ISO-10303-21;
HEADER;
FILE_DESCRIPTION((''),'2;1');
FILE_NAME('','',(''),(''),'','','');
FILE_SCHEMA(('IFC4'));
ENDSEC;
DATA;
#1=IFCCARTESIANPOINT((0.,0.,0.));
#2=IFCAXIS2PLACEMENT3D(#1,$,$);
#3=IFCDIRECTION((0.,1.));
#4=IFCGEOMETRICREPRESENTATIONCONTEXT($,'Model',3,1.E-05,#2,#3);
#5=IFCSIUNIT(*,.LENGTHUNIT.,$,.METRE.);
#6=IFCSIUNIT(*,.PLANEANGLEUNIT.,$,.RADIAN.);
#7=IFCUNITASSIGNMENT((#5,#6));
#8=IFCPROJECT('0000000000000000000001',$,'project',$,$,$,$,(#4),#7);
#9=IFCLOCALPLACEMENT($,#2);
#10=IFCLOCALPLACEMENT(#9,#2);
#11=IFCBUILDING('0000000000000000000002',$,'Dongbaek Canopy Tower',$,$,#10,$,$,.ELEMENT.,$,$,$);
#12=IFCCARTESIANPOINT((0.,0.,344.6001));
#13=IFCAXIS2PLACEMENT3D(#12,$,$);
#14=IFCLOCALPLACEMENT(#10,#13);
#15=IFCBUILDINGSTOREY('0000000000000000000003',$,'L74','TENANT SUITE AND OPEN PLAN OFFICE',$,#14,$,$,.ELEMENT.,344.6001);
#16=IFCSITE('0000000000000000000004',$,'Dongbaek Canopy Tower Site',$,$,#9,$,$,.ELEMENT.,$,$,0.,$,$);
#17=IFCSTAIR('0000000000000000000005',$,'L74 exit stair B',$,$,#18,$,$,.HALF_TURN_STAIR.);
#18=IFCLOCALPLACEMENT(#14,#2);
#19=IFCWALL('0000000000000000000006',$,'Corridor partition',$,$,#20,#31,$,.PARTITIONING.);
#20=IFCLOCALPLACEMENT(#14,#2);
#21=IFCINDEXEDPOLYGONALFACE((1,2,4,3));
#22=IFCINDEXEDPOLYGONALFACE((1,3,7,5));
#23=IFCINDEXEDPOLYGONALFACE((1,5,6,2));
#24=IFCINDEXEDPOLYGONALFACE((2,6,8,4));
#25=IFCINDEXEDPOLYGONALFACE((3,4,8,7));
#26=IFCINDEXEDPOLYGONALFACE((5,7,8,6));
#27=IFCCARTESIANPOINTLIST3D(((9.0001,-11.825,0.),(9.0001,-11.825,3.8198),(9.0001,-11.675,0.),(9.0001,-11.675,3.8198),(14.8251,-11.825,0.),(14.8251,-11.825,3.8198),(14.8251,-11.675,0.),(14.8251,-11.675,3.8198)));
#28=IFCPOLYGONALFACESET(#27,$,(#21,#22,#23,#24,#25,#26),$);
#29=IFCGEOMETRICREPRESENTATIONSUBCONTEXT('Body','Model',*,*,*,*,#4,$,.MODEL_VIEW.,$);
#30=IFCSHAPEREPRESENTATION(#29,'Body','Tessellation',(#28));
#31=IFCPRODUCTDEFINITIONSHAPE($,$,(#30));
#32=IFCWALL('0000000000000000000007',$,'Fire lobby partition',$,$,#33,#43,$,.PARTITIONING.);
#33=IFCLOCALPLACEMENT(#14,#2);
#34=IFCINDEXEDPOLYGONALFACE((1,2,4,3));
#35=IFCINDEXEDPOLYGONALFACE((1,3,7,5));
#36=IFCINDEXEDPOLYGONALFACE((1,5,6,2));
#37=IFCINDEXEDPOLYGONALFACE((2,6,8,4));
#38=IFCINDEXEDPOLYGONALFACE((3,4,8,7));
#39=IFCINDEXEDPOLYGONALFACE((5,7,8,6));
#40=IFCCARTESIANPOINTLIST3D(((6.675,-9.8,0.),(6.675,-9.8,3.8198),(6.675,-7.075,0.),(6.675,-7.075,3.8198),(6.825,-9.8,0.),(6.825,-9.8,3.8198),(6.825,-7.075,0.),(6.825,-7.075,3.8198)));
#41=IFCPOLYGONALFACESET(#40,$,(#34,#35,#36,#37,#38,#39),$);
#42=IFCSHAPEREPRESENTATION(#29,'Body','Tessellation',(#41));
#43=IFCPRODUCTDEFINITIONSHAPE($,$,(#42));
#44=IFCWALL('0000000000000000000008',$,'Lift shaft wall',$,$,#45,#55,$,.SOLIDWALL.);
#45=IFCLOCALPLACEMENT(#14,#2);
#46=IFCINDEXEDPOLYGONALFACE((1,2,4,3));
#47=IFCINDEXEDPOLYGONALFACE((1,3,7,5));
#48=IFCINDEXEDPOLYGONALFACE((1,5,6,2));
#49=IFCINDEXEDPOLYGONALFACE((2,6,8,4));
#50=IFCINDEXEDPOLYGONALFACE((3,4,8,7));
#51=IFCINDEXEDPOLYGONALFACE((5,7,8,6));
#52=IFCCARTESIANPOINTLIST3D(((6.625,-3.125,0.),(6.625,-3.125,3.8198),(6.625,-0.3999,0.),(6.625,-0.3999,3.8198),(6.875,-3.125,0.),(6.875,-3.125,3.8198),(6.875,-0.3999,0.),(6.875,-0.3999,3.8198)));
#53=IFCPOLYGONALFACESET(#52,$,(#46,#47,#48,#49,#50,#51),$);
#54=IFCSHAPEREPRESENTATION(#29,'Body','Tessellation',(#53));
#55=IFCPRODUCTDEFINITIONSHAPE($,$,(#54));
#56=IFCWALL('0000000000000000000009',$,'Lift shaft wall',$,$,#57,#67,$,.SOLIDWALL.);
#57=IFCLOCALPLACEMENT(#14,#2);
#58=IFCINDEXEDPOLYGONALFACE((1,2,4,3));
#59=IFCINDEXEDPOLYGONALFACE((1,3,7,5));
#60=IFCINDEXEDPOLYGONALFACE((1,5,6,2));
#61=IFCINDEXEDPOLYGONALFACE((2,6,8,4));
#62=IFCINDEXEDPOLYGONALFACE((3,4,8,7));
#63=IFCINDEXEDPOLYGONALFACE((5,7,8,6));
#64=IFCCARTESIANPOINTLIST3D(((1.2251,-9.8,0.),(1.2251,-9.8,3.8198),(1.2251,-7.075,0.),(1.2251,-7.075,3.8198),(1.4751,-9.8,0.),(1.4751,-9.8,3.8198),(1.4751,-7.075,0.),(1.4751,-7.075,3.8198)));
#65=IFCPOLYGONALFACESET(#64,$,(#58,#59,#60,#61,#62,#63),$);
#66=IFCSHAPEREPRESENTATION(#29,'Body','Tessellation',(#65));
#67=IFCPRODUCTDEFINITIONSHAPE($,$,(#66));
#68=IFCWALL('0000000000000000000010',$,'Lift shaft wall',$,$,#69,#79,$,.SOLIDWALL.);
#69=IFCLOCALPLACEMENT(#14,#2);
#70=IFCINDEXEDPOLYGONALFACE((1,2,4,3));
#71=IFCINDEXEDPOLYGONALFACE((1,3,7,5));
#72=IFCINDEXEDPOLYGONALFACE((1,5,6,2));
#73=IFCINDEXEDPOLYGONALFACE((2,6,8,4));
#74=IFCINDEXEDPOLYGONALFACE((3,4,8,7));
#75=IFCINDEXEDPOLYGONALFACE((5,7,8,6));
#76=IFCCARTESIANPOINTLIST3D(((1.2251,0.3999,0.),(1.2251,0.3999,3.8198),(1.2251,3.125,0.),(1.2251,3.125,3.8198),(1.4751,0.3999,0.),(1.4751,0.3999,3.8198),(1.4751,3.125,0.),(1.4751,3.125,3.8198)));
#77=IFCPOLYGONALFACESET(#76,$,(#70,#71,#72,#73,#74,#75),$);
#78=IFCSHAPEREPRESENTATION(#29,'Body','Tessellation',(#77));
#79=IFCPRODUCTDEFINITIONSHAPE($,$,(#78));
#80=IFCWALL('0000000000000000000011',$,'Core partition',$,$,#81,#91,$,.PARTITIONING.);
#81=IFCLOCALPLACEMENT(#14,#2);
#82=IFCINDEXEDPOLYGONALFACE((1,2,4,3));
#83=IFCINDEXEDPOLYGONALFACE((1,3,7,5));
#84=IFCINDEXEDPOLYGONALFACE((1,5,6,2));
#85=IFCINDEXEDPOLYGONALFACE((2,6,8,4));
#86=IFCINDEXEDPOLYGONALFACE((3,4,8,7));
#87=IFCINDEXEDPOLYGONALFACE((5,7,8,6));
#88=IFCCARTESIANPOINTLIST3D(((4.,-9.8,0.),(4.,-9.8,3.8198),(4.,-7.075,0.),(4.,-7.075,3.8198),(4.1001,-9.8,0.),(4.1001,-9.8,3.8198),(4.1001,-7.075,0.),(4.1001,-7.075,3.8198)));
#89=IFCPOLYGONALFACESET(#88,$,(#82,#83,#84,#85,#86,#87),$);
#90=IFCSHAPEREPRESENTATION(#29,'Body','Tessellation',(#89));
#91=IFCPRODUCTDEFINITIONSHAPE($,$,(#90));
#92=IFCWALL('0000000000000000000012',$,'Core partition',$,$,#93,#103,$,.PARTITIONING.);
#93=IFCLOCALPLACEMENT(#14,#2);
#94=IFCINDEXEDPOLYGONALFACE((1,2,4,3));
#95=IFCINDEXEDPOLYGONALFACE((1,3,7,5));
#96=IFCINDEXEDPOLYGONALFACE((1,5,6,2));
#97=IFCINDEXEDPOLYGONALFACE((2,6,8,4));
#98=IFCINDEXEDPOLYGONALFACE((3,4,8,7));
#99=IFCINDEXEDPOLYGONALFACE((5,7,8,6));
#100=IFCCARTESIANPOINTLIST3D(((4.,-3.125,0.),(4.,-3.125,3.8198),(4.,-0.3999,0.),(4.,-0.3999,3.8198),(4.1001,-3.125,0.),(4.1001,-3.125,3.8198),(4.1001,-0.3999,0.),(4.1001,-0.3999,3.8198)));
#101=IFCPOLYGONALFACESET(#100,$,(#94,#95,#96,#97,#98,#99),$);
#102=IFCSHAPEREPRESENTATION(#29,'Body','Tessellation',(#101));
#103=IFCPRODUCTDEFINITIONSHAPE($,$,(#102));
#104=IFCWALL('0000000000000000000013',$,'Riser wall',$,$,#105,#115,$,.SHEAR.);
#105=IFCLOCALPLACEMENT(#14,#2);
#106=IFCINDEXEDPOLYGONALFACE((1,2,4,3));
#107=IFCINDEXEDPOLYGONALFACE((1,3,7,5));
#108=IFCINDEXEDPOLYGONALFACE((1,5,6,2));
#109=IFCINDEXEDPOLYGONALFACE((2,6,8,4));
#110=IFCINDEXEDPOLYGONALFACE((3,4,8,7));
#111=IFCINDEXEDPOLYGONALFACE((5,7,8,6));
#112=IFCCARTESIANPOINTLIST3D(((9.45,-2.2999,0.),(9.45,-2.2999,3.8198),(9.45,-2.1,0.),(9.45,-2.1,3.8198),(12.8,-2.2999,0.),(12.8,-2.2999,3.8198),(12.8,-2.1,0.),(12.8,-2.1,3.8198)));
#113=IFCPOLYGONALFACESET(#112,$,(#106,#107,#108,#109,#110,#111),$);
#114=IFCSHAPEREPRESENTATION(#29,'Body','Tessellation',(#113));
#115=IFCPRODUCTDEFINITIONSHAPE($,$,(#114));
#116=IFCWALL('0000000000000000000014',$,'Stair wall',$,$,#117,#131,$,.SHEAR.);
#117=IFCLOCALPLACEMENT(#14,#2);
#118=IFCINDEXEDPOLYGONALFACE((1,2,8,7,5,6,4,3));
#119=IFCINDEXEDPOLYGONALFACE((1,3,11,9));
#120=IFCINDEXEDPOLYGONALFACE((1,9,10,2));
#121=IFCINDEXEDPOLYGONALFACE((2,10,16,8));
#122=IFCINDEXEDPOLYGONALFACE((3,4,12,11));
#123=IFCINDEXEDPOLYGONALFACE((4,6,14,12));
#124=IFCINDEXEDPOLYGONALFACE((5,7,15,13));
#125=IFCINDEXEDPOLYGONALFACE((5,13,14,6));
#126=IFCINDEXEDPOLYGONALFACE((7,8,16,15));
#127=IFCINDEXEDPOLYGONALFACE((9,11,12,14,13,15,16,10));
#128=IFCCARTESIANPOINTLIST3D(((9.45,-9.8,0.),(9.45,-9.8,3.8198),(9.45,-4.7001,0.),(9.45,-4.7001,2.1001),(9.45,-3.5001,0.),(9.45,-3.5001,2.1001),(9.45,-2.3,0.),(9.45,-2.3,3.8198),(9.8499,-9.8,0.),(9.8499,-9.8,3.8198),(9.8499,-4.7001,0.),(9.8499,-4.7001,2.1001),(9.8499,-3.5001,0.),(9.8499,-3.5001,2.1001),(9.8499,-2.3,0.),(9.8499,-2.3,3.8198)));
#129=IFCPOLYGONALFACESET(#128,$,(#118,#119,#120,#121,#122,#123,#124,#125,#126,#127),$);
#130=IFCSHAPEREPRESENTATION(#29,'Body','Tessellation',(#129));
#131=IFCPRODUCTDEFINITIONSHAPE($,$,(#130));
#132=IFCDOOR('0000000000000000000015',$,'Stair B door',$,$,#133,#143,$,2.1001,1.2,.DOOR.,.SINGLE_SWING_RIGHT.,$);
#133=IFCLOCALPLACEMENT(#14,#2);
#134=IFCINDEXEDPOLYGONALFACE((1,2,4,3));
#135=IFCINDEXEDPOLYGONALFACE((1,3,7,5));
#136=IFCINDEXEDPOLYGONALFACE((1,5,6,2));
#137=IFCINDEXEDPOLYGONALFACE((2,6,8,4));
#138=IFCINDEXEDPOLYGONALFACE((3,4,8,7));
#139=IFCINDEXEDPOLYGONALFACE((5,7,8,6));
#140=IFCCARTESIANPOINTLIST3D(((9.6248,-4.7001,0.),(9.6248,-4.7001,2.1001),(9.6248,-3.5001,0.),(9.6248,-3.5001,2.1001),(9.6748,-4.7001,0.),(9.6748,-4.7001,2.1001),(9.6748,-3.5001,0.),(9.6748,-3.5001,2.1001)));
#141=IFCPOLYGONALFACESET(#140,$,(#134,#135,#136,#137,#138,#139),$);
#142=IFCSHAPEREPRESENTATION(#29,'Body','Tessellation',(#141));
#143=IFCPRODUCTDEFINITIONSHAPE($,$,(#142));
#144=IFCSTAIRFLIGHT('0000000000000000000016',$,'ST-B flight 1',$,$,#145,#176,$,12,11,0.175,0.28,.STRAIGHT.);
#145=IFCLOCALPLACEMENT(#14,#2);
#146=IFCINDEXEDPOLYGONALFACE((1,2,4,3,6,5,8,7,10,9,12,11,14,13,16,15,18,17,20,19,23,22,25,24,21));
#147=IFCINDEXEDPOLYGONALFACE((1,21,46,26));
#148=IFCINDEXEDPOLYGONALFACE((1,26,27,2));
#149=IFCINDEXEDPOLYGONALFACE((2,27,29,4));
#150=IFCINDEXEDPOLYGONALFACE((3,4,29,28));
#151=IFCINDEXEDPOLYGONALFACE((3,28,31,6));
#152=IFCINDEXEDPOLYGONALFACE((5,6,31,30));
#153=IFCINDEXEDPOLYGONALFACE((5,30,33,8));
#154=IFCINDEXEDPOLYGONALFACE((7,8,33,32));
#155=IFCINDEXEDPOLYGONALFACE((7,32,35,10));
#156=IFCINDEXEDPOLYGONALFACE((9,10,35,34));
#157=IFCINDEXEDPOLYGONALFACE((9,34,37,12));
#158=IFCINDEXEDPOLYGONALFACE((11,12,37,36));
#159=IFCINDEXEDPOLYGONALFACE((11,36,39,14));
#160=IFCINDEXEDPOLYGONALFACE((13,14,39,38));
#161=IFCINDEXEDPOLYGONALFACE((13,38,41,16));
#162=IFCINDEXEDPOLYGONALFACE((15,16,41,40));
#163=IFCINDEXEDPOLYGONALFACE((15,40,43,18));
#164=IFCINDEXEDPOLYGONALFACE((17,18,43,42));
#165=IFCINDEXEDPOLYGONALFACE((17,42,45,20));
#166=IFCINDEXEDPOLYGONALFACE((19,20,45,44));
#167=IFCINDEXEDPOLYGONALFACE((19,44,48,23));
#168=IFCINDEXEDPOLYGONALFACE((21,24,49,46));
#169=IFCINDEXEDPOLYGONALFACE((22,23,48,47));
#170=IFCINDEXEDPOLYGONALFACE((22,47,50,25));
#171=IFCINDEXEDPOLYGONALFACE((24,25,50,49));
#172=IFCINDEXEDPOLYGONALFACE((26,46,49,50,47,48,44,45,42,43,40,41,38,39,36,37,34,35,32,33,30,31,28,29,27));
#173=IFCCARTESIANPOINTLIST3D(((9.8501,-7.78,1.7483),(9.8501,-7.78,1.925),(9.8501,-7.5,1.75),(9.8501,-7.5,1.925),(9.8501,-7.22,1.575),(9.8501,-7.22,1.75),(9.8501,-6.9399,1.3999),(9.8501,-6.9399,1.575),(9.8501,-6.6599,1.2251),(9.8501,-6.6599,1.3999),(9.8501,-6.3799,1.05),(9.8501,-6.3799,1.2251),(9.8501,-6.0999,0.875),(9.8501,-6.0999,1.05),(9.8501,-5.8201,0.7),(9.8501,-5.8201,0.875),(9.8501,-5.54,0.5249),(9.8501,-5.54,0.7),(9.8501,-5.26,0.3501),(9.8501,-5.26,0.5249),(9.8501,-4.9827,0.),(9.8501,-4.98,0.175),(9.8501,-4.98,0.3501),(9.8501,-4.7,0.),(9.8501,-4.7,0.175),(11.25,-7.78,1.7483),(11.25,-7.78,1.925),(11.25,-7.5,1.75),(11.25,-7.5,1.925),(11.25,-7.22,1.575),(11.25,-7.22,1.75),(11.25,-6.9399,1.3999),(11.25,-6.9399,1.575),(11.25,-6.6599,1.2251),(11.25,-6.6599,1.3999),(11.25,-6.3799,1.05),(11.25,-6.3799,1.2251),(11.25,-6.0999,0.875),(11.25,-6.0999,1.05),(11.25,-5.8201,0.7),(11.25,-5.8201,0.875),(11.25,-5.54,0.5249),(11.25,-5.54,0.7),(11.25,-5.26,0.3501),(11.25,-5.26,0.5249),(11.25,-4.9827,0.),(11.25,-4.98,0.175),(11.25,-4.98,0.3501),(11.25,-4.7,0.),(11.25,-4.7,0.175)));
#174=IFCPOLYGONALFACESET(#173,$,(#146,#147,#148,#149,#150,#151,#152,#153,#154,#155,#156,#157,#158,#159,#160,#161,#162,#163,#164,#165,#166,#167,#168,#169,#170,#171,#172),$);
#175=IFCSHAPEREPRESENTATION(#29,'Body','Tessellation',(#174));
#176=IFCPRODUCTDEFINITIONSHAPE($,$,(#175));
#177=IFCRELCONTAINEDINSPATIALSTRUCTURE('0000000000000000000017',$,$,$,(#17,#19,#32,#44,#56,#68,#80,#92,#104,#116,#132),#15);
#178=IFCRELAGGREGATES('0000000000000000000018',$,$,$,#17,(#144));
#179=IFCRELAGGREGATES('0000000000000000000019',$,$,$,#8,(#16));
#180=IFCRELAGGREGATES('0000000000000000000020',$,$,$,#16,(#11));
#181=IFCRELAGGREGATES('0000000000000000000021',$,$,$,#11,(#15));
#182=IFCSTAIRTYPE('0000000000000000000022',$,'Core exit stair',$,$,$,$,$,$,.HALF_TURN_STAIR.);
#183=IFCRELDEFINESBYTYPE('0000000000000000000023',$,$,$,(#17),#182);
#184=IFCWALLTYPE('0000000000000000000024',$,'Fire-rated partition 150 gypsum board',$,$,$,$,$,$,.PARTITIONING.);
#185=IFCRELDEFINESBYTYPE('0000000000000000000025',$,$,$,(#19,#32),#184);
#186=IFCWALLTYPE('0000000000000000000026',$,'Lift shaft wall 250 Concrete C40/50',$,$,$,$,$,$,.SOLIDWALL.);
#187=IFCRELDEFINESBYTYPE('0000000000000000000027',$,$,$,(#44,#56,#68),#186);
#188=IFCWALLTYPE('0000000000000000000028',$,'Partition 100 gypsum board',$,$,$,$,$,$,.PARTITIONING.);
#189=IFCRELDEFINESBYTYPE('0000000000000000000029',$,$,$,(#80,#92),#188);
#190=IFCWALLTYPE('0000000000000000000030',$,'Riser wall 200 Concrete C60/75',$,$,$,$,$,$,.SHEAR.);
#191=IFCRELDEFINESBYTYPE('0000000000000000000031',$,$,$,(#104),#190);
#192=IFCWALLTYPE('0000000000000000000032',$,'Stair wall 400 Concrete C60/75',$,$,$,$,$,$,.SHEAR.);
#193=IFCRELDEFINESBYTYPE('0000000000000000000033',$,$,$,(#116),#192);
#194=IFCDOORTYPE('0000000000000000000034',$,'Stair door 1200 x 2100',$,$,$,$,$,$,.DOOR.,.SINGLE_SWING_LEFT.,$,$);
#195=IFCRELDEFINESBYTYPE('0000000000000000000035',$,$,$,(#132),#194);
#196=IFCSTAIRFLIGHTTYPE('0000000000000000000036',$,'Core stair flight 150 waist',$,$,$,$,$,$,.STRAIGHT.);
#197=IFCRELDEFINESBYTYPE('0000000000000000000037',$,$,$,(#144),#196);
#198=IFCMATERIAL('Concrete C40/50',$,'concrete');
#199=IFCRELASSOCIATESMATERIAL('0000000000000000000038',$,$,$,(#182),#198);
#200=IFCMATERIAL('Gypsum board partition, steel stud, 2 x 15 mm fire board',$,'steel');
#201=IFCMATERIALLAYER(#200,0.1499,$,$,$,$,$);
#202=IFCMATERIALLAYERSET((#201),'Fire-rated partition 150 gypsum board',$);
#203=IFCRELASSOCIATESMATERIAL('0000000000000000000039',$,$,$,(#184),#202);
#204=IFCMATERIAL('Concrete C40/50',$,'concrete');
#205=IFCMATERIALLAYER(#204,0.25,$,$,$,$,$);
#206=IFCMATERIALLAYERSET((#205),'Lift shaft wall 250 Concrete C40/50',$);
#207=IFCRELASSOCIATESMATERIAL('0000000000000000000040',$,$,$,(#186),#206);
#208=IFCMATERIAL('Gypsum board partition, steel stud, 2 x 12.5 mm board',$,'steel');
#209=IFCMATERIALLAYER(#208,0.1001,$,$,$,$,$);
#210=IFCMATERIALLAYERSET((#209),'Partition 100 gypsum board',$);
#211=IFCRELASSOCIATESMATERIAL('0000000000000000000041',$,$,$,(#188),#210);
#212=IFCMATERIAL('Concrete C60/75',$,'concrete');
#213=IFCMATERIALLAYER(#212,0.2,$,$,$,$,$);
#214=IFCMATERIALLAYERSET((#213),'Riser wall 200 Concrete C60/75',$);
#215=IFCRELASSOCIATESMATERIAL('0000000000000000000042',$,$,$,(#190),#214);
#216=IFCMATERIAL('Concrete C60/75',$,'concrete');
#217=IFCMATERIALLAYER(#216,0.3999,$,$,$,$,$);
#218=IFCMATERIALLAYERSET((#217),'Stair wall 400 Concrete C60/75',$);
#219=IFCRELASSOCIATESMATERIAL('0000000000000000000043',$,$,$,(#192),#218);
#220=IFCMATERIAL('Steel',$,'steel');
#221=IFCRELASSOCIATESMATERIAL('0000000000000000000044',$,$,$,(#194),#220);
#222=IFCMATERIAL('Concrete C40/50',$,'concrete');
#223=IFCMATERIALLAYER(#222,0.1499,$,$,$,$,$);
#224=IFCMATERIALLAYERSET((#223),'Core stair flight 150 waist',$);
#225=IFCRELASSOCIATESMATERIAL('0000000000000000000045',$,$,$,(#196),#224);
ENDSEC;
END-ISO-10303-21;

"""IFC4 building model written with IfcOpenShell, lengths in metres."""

from ifc_helpers import new_model, si_unit, direction, frame, frame_2d, origin, place, context, subcontext, project, spatial, polyline, rectangle, outline, extrude, material, layer, layer_set, type_object, element, fill, aggregate, save


model = new_model("IFC4")

# Units and contexts
model_context = context("Model", 3, precision=1e-05, world=origin(), true_north=direction((0.0, 1.0)))
body_context = subcontext(model_context, "Body", "Model", "MODEL_VIEW")
ifc_project = project(units=[si_unit("LENGTHUNIT", "METRE"), si_unit("PLANEANGLEUNIT", "RADIAN")], contexts=[model_context])

# Site, building, storey
site_placement = place(None, origin())
site = spatial("IfcSite", under=ifc_project, at=site_placement, Name="Dongbaek Canopy Tower Site", CompositionType="ELEMENT", RefElevation=0.0)
building_placement = place(site_placement, origin())
building = spatial("IfcBuilding", under=site, at=building_placement, Name="Dongbaek Canopy Tower", CompositionType="ELEMENT")
storey_placement = place(building_placement, frame((0.0, 0.0, 344.6001)))
storey = spatial("IfcBuildingStorey", under=building, at=storey_placement, Name="L74", Description="TENANT SUITE AND OPEN PLAN OFFICE", CompositionType="ELEMENT", Elevation=344.6001)

# Stair
ifc_material_1 = material(Name="Concrete C40/50", Category="concrete")
stair_type = type_object("IfcStairType", Name="Core exit stair", PredefinedType="HALF_TURN_STAIR", material=ifc_material_1)
stair_1_placement = place(storey_placement, origin())
stair_1 = element("IfcStair", 1, at=stair_1_placement, inside=storey, type_object=stair_type, Name="L74 exit stair B", PredefinedType="HALF_TURN_STAIR")

# Walls
ifc_material_2 = material(Name="Gypsum board partition, steel stud, 2 x 15 mm fire board", Category="steel")
ifc_layer_1 = layer(ifc_material_2, 0.1499)
ifc_layer_set_1 = layer_set([ifc_layer_1], Name="Fire-rated partition 150 gypsum board")
wall_type_1 = type_object("IfcWallType", Name="Fire-rated partition 150 gypsum board", PredefinedType="PARTITIONING", material=ifc_layer_set_1)
wall_1_placement = place(storey_placement, frame((9.0, -11.75, 0.0), z_axis=(0.0, 0.0, 1.0), x_axis=(1.0, 0.0, 0.0)))
element("IfcWall", 2, at=wall_1_placement, inside=storey, type_object=wall_type_1, Name="Corridor partition", PredefinedType="PARTITIONING", context=body_context, shape_type="SweptSolid", body=[
    extrude(rectangle(XDim=5.825, YDim=0.1499, at=frame_2d((2.9126, 0.0))), origin(), (0.0, 0.0, 1.0), 3.8198),
])
wall_2_placement = place(storey_placement, frame((6.75, -9.8, 0.0), z_axis=(0.0, 0.0, 1.0), x_axis=(0.0, 1.0, 0.0)))
element("IfcWall", 3, at=wall_2_placement, inside=storey, type_object=wall_type_1, Name="Fire lobby partition", PredefinedType="PARTITIONING", context=body_context, shape_type="SweptSolid", body=[
    extrude(rectangle(XDim=2.7251, YDim=0.1499, at=frame_2d((1.3625, 0.0))), origin(), (0.0, 0.0, 1.0), 3.8198),
])
ifc_material_3 = material(Name="Concrete C40/50", Category="concrete")
ifc_layer_2 = layer(ifc_material_3, 0.25)
ifc_layer_set_2 = layer_set([ifc_layer_2], Name="Lift shaft wall 250 Concrete C40/50")
wall_type_2 = type_object("IfcWallType", Name="Lift shaft wall 250 Concrete C40/50", PredefinedType="SOLIDWALL", material=ifc_layer_set_2)
for number, where, z_axis, x_axis, name in (
    (4, (6.75, -3.125, 0.0), (0.0, 0.0, 1.0), (0.0, 1.0, 0.0), "Lift shaft wall"),
    (5, (1.3501, -9.8, 0.0), (0.0, 0.0, 1.0), (0.0, 1.0, 0.0), "Lift shaft wall"),
    (6, (1.3501, 0.3999, 0.0), (0.0, 0.0, 1.0), (0.0, 1.0, 0.0), "Lift shaft wall"),
):
    element("IfcWall", number, at=place(storey_placement, frame(where, z_axis=z_axis, x_axis=x_axis)), inside=storey, type_object=wall_type_2, Name=name, PredefinedType="SOLIDWALL", context=body_context, shape_type="SweptSolid", body=[
        extrude(rectangle(XDim=2.7251, YDim=0.25, at=frame_2d((1.3625, 0.0))), origin(), (0.0, 0.0, 1.0), 3.8198),
    ])
ifc_material_4 = material(Name="Gypsum board partition, steel stud, 2 x 12.5 mm board", Category="steel")
ifc_layer_3 = layer(ifc_material_4, 0.1001)
ifc_layer_set_3 = layer_set([ifc_layer_3], Name="Partition 100 gypsum board")
wall_type_3 = type_object("IfcWallType", Name="Partition 100 gypsum board", PredefinedType="PARTITIONING", material=ifc_layer_set_3)
for number, where, z_axis, x_axis, name in (
    (7, (4.05, -9.8, 0.0), (0.0, 0.0, 1.0), (0.0, 1.0, 0.0), "Core partition"),
    (8, (4.05, -3.125, 0.0), (0.0, 0.0, 1.0), (0.0, 1.0, 0.0), "Core partition"),
):
    element("IfcWall", number, at=place(storey_placement, frame(where, z_axis=z_axis, x_axis=x_axis)), inside=storey, type_object=wall_type_3, Name=name, PredefinedType="PARTITIONING", context=body_context, shape_type="SweptSolid", body=[
        extrude(rectangle(XDim=2.7251, YDim=0.1001, at=frame_2d((1.3625, 0.0))), origin(), (0.0, 0.0, 1.0), 3.8198),
    ])
ifc_material_5 = material(Name="Concrete C60/75", Category="concrete")
ifc_layer_4 = layer(ifc_material_5, 0.2)
ifc_layer_set_4 = layer_set([ifc_layer_4], Name="Riser wall 200 Concrete C60/75")
wall_type_4 = type_object("IfcWallType", Name="Riser wall 200 Concrete C60/75", PredefinedType="SHEAR", material=ifc_layer_set_4)
wall_3_placement = place(storey_placement, frame((9.45, -2.2, 0.0), z_axis=(0.0, 0.0, 1.0), x_axis=(1.0, 0.0, 0.0)))
element("IfcWall", 9, at=wall_3_placement, inside=storey, type_object=wall_type_4, Name="Riser wall", PredefinedType="SHEAR", context=body_context, shape_type="SweptSolid", body=[
    extrude(rectangle(XDim=3.3501, YDim=0.2, at=frame_2d((1.675, 0.0))), origin(), (0.0, 0.0, 1.0), 3.8198),
])

# Wall, opening, door
ifc_material_6 = material(Name="Concrete C60/75", Category="concrete")
ifc_layer_5 = layer(ifc_material_6, 0.3999)
ifc_layer_set_5 = layer_set([ifc_layer_5], Name="Stair wall 400 Concrete C60/75")
wall_type_5 = type_object("IfcWallType", Name="Stair wall 400 Concrete C60/75", PredefinedType="SHEAR", material=ifc_layer_set_5)
wall_4_placement = place(storey_placement, frame((9.6499, -2.3, 0.0), z_axis=(0.0, 0.0, 1.0), x_axis=(0.0, -1.0, 0.0)))
wall_4 = element("IfcWall", 10, at=wall_4_placement, inside=storey, type_object=wall_type_5, Name="Stair wall", PredefinedType="SHEAR", context=body_context, shape_type="SweptSolid", body=[
    extrude(rectangle(XDim=7.5, YDim=0.3999, at=frame_2d((3.75, 0.0))), origin(), (0.0, 0.0, 1.0), 3.8198),
])
opening_1_placement = place(wall_4_placement, frame((1.2, 0.0, 0.0)))
opening_1 = element("IfcOpeningElement", 11, at=opening_1_placement, cuts=wall_4, PredefinedType="OPENING", context=body_context, shape_type="SweptSolid", body=[
    extrude(rectangle(XDim=1.2, YDim=2.1001, at=frame_2d((0.6001, 1.05))), frame((0.0, 0.21, 0.0), z_axis=(0.0, -1.0, 0.0), x_axis=(1.0, 0.0, 0.0)), (0.0, 0.0, 1.0), 0.4199),
])
ifc_material_7 = material(Name="Steel", Category="steel")
door_type_1 = type_object("IfcDoorType", Name="Stair door 1200 x 2100", OperationType="SINGLE_SWING_LEFT", PredefinedType="DOOR", material=ifc_material_7)
door_1_placement = place(opening_1_placement, origin())
door_1 = element("IfcDoor", 12, at=door_1_placement, inside=storey, type_object=door_type_1, Name="Stair B door", OperationType="SINGLE_SWING_RIGHT", OverallHeight=2.1001, OverallWidth=1.2, PredefinedType="DOOR", context=body_context, shape_type="SweptSolid", body=[
    extrude(rectangle(XDim=1.2, YDim=2.1001, at=frame_2d((0.6001, 1.05))), frame((0.0, 0.0249, 0.0), z_axis=(0.0, -1.0, 0.0), x_axis=(1.0, 0.0, 0.0)), (0.0, 0.0, 1.0), 0.05),
])
fill(opening_1, door_1)

# Stair flight
ifc_material_8 = material(Name="Concrete C40/50", Category="concrete")
ifc_layer_6 = layer(ifc_material_8, 0.1499)
ifc_layer_set_6 = layer_set([ifc_layer_6], Name="Core stair flight 150 waist")
stair_flight_type = type_object("IfcStairFlightType", Name="Core stair flight 150 waist", PredefinedType="STRAIGHT", material=ifc_layer_set_6)
stair_flight_placement = place(storey_placement, frame((10.55, -4.7, 0.0), z_axis=(0.0, 0.0, 1.0), x_axis=(0.0, -1.0, 0.0)))
stair_flight = element("IfcStairFlight", 13, at=stair_flight_placement, type_object=stair_flight_type, Name="ST-B flight 1", NumberOfRisers=12, NumberOfTreads=11, PredefinedType="STRAIGHT", RiserHeight=0.175, TreadLength=0.28, context=body_context, shape_type="SweptSolid", body=[
    extrude(outline(polyline([(0.0, 0.0), (0.0, 0.175), (0.28, 0.175), (0.28, 0.3501), (0.5601, 0.3501), (0.5601, 0.5249), (0.8401, 0.5249), (0.8401, 0.7), (1.1201, 0.7), (1.1201, 0.875), (1.3999, 0.875), (1.3999, 1.05), (1.6799, 1.05), (1.6799, 1.2251), (1.96, 1.2251), (1.96, 1.3999), (2.24, 1.3999), (2.24, 1.575), (2.52, 1.575), (2.52, 1.75), (2.8, 1.75), (2.8, 1.925), (3.0801, 1.925), (3.0801, 2.1001), (3.0801, 1.7483), (0.2827, 0.0), (0.0, 0.0)])), frame((0.0, 0.7, 0.0), z_axis=(0.0, -1.0, 0.0), x_axis=(1.0, 0.0, 0.0)), (0.0, 0.0, 1.0), 1.3999),
])
aggregate(stair_1, [stair_flight])

save(model, "model.ifc")
